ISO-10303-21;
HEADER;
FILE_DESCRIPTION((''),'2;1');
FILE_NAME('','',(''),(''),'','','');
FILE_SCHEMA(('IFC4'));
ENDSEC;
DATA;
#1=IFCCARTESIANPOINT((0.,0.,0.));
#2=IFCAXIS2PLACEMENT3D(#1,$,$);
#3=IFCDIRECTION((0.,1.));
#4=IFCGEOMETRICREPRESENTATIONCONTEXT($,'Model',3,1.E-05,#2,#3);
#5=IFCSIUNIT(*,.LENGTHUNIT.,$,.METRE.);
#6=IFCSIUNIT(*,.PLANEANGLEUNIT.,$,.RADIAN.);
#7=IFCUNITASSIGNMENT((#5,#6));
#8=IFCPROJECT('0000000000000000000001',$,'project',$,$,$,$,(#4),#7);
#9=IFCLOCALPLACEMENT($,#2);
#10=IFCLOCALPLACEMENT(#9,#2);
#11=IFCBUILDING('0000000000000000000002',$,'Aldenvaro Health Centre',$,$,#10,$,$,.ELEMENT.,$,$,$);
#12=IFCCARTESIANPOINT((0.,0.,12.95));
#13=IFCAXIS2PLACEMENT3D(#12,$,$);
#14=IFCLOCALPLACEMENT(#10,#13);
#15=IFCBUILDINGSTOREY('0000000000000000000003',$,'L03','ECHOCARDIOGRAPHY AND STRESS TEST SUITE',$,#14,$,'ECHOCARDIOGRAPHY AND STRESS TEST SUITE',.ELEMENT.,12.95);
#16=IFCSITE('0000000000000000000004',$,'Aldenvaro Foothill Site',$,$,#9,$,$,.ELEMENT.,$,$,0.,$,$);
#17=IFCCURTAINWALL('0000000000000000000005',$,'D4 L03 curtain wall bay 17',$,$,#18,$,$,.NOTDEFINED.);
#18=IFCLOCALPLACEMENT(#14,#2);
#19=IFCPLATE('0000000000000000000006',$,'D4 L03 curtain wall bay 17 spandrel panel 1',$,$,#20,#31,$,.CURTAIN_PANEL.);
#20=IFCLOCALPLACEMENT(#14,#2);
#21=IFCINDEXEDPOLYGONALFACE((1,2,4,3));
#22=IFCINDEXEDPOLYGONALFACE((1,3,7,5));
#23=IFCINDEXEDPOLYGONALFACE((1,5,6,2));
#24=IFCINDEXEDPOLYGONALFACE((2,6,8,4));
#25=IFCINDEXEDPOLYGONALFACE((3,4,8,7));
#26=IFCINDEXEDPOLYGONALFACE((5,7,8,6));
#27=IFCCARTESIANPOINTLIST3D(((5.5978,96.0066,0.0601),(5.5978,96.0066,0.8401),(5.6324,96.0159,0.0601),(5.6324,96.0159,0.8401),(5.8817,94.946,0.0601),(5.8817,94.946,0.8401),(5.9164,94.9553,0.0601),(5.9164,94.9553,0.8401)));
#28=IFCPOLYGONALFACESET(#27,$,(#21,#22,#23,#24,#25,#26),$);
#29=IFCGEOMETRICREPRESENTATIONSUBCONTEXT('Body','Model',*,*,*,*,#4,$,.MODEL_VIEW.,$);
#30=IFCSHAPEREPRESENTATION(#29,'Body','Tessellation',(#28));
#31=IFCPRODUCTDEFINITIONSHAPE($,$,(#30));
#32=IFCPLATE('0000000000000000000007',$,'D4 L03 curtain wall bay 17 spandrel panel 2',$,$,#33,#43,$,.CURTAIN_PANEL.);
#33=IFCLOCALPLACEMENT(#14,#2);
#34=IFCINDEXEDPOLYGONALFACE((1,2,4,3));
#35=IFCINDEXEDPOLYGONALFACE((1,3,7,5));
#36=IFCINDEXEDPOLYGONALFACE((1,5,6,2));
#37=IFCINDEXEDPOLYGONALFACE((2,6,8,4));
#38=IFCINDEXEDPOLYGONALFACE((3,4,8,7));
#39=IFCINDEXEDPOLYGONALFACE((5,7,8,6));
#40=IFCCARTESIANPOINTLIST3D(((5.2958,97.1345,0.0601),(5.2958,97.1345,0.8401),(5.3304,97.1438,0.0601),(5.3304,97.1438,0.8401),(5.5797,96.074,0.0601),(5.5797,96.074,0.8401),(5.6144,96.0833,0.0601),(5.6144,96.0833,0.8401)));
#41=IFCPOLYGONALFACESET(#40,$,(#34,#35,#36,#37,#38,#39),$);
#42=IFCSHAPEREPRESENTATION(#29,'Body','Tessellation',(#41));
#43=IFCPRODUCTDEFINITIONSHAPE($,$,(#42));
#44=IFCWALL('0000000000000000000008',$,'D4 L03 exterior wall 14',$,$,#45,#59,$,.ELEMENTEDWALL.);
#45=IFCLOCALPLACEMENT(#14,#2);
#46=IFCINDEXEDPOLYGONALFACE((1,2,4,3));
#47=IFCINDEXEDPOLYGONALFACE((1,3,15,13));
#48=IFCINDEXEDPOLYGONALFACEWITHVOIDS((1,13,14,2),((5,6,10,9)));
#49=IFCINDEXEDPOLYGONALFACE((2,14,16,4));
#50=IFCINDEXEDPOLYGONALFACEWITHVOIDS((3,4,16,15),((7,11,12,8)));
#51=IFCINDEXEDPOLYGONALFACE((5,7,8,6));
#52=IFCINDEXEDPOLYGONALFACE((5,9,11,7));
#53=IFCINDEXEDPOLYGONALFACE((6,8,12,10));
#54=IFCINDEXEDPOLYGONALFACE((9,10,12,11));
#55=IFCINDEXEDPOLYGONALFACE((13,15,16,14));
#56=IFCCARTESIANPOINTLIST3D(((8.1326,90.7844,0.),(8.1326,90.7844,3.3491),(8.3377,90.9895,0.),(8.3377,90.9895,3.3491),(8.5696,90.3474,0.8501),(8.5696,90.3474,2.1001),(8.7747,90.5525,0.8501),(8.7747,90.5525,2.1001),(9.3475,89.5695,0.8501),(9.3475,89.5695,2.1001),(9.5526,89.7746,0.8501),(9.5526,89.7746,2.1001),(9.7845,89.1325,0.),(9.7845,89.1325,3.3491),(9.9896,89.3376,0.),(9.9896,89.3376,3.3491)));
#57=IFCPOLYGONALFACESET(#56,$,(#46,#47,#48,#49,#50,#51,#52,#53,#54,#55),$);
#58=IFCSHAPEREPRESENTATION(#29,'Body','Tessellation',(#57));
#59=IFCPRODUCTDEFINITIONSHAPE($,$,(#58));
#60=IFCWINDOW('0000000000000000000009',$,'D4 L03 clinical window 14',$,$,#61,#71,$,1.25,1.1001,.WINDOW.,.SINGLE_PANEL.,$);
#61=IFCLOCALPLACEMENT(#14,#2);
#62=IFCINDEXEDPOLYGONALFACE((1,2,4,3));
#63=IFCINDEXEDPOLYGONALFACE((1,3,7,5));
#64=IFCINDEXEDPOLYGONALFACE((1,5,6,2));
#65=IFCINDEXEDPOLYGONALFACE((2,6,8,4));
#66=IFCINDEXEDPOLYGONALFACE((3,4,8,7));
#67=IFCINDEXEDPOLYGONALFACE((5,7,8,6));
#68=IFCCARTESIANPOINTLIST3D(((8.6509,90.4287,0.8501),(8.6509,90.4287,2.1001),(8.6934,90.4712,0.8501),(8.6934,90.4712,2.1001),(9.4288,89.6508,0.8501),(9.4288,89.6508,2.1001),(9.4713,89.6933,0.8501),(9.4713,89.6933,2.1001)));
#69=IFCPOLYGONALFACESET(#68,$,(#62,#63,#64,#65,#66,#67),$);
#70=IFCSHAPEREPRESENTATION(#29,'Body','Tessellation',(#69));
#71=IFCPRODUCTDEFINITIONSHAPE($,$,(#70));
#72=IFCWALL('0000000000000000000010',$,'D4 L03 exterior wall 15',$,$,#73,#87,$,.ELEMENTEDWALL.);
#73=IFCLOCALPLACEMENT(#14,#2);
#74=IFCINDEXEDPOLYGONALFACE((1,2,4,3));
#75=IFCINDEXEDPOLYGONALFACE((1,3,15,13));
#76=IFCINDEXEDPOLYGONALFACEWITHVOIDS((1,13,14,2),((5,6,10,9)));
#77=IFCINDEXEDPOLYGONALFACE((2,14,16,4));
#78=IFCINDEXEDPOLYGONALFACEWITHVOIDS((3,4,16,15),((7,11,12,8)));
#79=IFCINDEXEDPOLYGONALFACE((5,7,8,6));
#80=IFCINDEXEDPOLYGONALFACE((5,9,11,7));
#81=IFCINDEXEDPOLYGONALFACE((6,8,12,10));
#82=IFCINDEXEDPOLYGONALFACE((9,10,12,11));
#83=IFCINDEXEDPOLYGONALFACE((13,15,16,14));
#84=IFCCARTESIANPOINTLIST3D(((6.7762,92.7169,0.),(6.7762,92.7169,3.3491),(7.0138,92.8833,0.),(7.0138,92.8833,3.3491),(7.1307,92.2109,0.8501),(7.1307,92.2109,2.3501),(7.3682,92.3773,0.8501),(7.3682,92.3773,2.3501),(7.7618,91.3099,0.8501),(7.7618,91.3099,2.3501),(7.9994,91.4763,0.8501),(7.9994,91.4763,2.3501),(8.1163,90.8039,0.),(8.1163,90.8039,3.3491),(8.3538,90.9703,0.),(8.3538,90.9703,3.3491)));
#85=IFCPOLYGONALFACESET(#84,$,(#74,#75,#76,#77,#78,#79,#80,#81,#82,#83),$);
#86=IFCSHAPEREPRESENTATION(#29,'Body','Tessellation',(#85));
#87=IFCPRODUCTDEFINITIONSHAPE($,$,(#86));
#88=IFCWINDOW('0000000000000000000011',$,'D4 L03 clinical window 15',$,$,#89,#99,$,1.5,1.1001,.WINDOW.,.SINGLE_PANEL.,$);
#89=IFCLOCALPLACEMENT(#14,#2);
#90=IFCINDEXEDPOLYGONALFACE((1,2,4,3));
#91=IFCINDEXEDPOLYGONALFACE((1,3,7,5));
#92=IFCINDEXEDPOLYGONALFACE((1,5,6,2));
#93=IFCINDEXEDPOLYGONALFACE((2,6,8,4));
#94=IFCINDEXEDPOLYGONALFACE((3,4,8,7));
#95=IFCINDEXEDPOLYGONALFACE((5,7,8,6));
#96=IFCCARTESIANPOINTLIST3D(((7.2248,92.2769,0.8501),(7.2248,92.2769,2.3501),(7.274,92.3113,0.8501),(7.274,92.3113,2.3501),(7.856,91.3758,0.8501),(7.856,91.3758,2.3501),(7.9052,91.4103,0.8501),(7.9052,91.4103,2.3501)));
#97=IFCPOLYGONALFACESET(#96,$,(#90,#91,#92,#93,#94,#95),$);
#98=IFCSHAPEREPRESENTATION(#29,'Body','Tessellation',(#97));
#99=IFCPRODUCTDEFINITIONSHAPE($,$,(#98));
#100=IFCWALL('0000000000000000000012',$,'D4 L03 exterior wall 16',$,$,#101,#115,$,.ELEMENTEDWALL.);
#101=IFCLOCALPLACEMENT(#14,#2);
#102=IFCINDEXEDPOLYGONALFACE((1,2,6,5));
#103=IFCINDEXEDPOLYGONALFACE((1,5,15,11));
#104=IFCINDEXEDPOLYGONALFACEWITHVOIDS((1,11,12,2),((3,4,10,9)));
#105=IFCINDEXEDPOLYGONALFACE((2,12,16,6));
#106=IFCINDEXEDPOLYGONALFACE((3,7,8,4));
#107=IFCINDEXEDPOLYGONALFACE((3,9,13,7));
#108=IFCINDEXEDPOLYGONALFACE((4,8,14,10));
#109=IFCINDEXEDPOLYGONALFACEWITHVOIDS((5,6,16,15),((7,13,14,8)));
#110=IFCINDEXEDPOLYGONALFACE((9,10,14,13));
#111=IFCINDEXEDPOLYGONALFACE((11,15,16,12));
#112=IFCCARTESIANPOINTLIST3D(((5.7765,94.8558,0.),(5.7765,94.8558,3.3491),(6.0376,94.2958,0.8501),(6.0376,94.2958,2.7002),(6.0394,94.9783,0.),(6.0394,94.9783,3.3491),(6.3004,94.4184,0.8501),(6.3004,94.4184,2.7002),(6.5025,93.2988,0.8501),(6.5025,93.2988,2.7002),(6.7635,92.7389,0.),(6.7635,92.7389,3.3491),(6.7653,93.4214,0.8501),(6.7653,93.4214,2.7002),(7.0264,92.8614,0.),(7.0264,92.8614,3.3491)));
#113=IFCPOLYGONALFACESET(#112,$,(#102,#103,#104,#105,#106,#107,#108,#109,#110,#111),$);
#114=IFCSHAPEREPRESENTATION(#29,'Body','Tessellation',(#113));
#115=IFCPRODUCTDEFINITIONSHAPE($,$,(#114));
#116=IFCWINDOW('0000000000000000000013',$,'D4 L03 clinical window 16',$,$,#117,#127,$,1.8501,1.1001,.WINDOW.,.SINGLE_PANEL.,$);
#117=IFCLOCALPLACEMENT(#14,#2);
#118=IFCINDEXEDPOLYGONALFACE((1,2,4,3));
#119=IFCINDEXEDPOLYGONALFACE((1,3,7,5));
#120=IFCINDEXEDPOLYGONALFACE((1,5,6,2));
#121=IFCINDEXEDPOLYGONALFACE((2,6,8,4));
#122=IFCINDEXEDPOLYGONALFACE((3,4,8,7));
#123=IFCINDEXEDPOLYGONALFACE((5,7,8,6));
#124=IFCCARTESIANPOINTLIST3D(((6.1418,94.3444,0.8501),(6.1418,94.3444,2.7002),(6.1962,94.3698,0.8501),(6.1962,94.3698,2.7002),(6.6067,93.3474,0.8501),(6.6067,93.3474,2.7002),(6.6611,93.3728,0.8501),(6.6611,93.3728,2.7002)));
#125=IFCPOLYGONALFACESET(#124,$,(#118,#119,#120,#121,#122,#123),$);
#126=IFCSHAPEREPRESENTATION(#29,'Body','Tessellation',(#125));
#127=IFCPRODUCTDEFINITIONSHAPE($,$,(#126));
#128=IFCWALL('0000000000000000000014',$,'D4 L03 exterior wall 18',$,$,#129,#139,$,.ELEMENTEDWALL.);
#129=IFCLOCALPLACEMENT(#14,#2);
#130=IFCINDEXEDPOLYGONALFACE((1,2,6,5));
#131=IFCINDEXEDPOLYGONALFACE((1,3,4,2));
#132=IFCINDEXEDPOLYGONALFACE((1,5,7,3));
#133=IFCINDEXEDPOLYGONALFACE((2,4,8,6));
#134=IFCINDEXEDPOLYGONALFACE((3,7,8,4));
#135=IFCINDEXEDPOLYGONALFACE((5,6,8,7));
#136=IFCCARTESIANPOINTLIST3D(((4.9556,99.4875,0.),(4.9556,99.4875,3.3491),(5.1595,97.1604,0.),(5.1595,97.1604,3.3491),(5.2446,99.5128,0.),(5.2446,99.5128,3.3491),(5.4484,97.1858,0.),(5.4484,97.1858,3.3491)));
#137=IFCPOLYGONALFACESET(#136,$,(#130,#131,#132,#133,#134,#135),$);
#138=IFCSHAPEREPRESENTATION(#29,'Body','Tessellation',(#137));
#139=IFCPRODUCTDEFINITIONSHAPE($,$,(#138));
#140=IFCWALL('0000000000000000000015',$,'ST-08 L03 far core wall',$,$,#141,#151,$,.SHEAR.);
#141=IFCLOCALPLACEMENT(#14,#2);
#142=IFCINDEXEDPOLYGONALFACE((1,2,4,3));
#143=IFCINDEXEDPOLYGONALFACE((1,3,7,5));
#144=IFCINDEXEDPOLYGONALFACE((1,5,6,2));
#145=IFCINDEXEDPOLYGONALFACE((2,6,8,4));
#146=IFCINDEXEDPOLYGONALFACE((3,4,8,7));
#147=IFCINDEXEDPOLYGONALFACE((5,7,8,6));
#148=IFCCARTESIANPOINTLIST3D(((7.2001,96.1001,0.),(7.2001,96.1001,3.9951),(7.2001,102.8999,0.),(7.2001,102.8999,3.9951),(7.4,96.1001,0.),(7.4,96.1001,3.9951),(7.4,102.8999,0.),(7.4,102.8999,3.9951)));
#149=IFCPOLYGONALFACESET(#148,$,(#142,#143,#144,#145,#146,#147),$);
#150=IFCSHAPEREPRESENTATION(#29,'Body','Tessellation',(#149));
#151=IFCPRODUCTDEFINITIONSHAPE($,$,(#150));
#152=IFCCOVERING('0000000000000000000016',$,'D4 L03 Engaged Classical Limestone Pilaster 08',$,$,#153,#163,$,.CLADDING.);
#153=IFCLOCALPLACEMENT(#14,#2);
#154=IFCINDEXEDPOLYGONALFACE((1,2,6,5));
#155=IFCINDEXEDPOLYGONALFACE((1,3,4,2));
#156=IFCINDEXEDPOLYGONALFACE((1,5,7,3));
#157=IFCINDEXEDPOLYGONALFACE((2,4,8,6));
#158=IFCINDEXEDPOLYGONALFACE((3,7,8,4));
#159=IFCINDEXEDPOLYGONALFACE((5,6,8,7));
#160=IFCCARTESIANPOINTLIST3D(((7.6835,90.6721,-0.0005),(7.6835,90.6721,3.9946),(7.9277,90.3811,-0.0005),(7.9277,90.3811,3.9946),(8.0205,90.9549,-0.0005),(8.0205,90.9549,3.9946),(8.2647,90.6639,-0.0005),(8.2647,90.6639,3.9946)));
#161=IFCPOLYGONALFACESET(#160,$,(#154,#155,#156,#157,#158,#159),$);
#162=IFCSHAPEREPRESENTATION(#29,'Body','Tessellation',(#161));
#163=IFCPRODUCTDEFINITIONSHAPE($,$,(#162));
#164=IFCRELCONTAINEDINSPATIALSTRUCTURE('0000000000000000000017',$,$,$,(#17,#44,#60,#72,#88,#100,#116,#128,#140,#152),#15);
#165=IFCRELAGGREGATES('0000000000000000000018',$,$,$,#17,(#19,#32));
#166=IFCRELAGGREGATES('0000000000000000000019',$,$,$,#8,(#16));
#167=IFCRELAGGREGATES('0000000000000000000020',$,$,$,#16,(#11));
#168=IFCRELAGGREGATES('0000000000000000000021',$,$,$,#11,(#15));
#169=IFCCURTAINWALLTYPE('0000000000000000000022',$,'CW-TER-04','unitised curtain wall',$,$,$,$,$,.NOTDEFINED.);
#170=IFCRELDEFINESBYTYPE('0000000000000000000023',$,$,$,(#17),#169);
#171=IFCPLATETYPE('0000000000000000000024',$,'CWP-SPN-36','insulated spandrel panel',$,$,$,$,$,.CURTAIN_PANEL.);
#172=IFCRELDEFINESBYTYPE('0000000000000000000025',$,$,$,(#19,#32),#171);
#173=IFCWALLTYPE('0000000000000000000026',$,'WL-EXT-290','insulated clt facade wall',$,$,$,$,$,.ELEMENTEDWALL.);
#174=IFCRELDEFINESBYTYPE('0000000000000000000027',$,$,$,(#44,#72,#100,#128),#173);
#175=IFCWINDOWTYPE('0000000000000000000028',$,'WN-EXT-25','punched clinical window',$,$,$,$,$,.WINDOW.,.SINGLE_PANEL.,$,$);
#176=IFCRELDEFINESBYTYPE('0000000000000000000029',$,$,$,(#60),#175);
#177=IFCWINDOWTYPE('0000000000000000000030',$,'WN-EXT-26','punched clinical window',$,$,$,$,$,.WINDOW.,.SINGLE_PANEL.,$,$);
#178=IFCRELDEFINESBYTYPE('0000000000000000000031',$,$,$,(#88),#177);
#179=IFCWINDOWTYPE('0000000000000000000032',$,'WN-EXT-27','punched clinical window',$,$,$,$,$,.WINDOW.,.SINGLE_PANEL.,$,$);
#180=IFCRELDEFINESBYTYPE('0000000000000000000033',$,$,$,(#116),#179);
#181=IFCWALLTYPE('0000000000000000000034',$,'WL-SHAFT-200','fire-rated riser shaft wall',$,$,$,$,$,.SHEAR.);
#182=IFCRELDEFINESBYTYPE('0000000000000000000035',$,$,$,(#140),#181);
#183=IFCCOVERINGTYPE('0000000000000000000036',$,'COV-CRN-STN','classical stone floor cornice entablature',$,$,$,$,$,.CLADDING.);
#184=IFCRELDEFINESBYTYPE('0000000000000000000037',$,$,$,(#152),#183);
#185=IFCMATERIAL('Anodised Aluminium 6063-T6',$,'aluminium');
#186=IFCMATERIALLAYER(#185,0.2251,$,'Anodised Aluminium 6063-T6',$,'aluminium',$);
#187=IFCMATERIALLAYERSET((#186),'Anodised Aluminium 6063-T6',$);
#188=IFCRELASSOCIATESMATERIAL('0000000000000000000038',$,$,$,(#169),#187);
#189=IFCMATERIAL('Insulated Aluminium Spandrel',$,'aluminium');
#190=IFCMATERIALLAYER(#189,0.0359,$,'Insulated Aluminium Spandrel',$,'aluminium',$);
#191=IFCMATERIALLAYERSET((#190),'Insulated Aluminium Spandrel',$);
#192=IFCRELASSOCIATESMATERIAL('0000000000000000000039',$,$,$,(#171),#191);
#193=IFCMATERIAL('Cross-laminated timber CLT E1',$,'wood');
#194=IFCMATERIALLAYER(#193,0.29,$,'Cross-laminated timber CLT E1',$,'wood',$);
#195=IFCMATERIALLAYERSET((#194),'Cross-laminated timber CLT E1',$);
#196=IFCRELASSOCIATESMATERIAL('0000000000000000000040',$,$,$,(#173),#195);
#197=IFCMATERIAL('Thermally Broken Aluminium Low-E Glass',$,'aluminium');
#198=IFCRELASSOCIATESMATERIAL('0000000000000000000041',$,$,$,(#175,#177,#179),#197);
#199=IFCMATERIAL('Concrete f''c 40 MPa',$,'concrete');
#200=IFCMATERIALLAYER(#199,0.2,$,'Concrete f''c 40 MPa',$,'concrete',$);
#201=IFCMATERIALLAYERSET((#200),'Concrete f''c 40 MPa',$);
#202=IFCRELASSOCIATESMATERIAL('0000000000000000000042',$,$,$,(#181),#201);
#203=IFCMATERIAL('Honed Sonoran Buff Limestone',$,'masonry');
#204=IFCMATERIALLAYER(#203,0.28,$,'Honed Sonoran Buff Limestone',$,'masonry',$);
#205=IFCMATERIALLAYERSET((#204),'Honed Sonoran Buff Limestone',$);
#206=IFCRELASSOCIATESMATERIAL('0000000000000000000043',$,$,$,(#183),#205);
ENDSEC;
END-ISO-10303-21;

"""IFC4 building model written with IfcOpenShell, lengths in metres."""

from ifc_helpers import new_model, si_unit, direction, frame, frame_2d, origin, origin_2d, place, context, subcontext, project, spatial, rectangle, extrude, material, layer, layer_set, type_object, element, fill, aggregate, save


model = new_model("IFC4")

# Units and contexts
model_context = context("Model", 3, precision=1e-05, world=origin(), true_north=direction((0.0, 1.0)))
body_context = subcontext(model_context, "Body", "Model", "MODEL_VIEW")
ifc_project = project(units=[si_unit("LENGTHUNIT", "METRE"), si_unit("PLANEANGLEUNIT", "RADIAN")], contexts=[model_context])

# Site, building, storey
site_placement = place(None, origin())
site = spatial("IfcSite", under=ifc_project, at=site_placement, Name="Aldenvaro Foothill Site", CompositionType="ELEMENT", RefElevation=0.0)
building_placement = place(site_placement, origin())
building = spatial("IfcBuilding", under=site, at=building_placement, Name="Aldenvaro Health Centre", CompositionType="ELEMENT")
storey_placement = place(building_placement, frame((0.0, 0.0, 12.95)))
storey = spatial("IfcBuildingStorey", under=building, at=storey_placement, Name="L03", Description="ECHOCARDIOGRAPHY AND STRESS TEST SUITE", LongName="ECHOCARDIOGRAPHY AND STRESS TEST SUITE", CompositionType="ELEMENT", Elevation=12.95)

# Curtain wall
ifc_material_1 = material(Name="Anodised Aluminium 6063-T6", Category="aluminium")
ifc_layer_1 = layer(ifc_material_1, 0.2251, Name="Anodised Aluminium 6063-T6", Category="aluminium")
ifc_layer_set_1 = layer_set([ifc_layer_1], Name="Anodised Aluminium 6063-T6")
curtain_wall_type = type_object("IfcCurtainWallType", Name="CW-TER-04", Description="unitised curtain wall", PredefinedType="NOTDEFINED", material=ifc_layer_set_1)
curtain_wall_placement = place(storey_placement, origin())
curtain_wall = element("IfcCurtainWall", 1, at=curtain_wall_placement, inside=storey, type_object=curtain_wall_type, Name="D4 L03 curtain wall bay 17", PredefinedType="NOTDEFINED")

# Plates
ifc_material_2 = material(Name="Insulated Aluminium Spandrel", Category="aluminium")
ifc_layer_2 = layer(ifc_material_2, 0.0359, Name="Insulated Aluminium Spandrel", Category="aluminium")
ifc_layer_set_2 = layer_set([ifc_layer_2], Name="Insulated Aluminium Spandrel")
plate_type_1 = type_object("IfcPlateType", Name="CWP-SPN-36", Description="insulated spandrel panel", PredefinedType="CURTAIN_PANEL", material=ifc_layer_set_2)
plate_1_placement = place(storey_placement, frame((5.7571, 95.481, 0.0601), z_axis=(0.0, 0.0, 1.0), x_axis=(-0.258622, 0.965979, 0.0)))
plate_1 = element("IfcPlate", 2, at=plate_1_placement, type_object=plate_type_1, Name="D4 L03 curtain wall bay 17 spandrel panel 1", PredefinedType="CURTAIN_PANEL", context=body_context, shape_type="SweptSolid", body=[
    extrude(rectangle(XDim=1.0979, YDim=0.0359, at=origin_2d()), origin(), (0.0, 0.0, 1.0), 0.78),
])
plate_2_placement = place(storey_placement, frame((5.4551, 96.6089, 0.0601), z_axis=(0.0, 0.0, 1.0), x_axis=(-0.258622, 0.965979, 0.0)))
plate_2 = element("IfcPlate", 3, at=plate_2_placement, type_object=plate_type_1, Name="D4 L03 curtain wall bay 17 spandrel panel 2", PredefinedType="CURTAIN_PANEL", context=body_context, shape_type="SweptSolid", body=[
    extrude(rectangle(XDim=1.0979, YDim=0.0359, at=origin_2d()), origin(), (0.0, 0.0, 1.0), 0.78),
])
aggregate(curtain_wall, [plate_1, plate_2])

# Walls, openings, windows
ifc_material_3 = material(Name="Cross-laminated timber CLT E1", Category="wood")
ifc_layer_3 = layer(ifc_material_3, 0.29, Name="Cross-laminated timber CLT E1", Category="wood")
ifc_layer_set_3 = layer_set([ifc_layer_3], Name="Cross-laminated timber CLT E1")
wall_type_1 = type_object("IfcWallType", Name="WL-EXT-290", Description="insulated clt facade wall", PredefinedType="ELEMENTEDWALL", material=ifc_layer_set_3)
wall_1_placement = place(storey_placement, frame((9.887, 89.2351, 0.0), z_axis=(0.0, 0.0, 1.0), x_axis=(-0.707107, 0.707107, 0.0)))
wall_1 = element("IfcWall", 4, at=wall_1_placement, inside=storey, type_object=wall_type_1, Name="D4 L03 exterior wall 14", PredefinedType="ELEMENTEDWALL", context=body_context, shape_type="SweptSolid", body=[
    extrude(rectangle(XDim=2.3362, YDim=0.29, at=frame_2d((1.168, 0.0))), origin(), (0.0, 0.0, 1.0), 3.3491),
])
opening_1_placement = place(wall_1_placement, frame((0.6179, 0.0, 0.8501)))
opening_1 = element("IfcOpeningElement", 5, at=opening_1_placement, cuts=wall_1, PredefinedType="OPENING", context=body_context, shape_type="SweptSolid", body=[
    extrude(rectangle(XDim=1.1001, YDim=1.25, at=frame_2d((0.55, 0.625))), frame((0.0, 0.155, 0.0), z_axis=(0.0, -1.0, 0.0), x_axis=(1.0, 0.0, 0.0)), (0.0, 0.0, 1.0), 0.3101),
])
ifc_material_4 = material(Name="Thermally Broken Aluminium Low-E Glass", Category="aluminium")
window_type_1 = type_object("IfcWindowType", Name="WN-EXT-25", Description="punched clinical window", PartitioningType="SINGLE_PANEL", PredefinedType="WINDOW", material=ifc_material_4)
window_1_placement = place(opening_1_placement, origin())
window_1 = element("IfcWindow", 6, at=window_1_placement, inside=storey, type_object=window_type_1, Name="D4 L03 clinical window 14", OverallHeight=1.25, OverallWidth=1.1001, PartitioningType="SINGLE_PANEL", PredefinedType="WINDOW", context=body_context, shape_type="SweptSolid", body=[
    extrude(rectangle(XDim=1.1001, YDim=1.25, at=frame_2d((0.55, 0.625))), frame((0.0, 0.03, 0.0), z_axis=(0.0, -1.0, 0.0), x_axis=(1.0, 0.0, 0.0)), (0.0, 0.0, 1.0), 0.0601),
])
fill(opening_1, window_1)
wall_2_placement = place(storey_placement, frame((8.2351, 90.887, 0.0), z_axis=(0.0, 0.0, 1.0), x_axis=(-0.573729, 0.819045, 0.0)))
wall_2 = element("IfcWall", 7, at=wall_2_placement, inside=storey, type_object=wall_type_1, Name="D4 L03 exterior wall 15", PredefinedType="ELEMENTEDWALL", context=body_context, shape_type="SweptSolid", body=[
    extrude(rectangle(XDim=2.3357, YDim=0.29, at=frame_2d((1.168, 0.0))), origin(), (0.0, 0.0, 1.0), 3.3491),
])
opening_2_placement = place(wall_2_placement, frame((0.6179, 0.0, 0.8501)))
opening_2 = element("IfcOpeningElement", 8, at=opening_2_placement, cuts=wall_2, PredefinedType="OPENING", context=body_context, shape_type="SweptSolid", body=[
    extrude(rectangle(XDim=1.1001, YDim=1.5, at=frame_2d((0.55, 0.75))), frame((0.0, 0.155, 0.0), z_axis=(0.0, -1.0, 0.0), x_axis=(1.0, 0.0, 0.0)), (0.0, 0.0, 1.0), 0.3101),
])
window_type_2 = type_object("IfcWindowType", Name="WN-EXT-26", Description="punched clinical window", PartitioningType="SINGLE_PANEL", PredefinedType="WINDOW", material=ifc_material_4)
window_2_placement = place(opening_2_placement, origin())
window_2 = element("IfcWindow", 9, at=window_2_placement, inside=storey, type_object=window_type_2, Name="D4 L03 clinical window 15", OverallHeight=1.5, OverallWidth=1.1001, PartitioningType="SINGLE_PANEL", PredefinedType="WINDOW", context=body_context, shape_type="SweptSolid", body=[
    extrude(rectangle(XDim=1.1001, YDim=1.5, at=frame_2d((0.55, 0.75))), frame((0.0, 0.03, 0.0), z_axis=(0.0, -1.0, 0.0), x_axis=(1.0, 0.0, 0.0)), (0.0, 0.0, 1.0), 0.0601),
])
fill(opening_2, window_2)
wall_3_placement = place(storey_placement, frame((6.895, 92.8, 0.0), z_axis=(0.0, 0.0, 1.0), x_axis=(-0.422588, 0.906322, 0.0)))
wall_3 = element("IfcWall", 10, at=wall_3_placement, inside=storey, type_object=wall_type_1, Name="D4 L03 exterior wall 16", PredefinedType="ELEMENTEDWALL", context=body_context, shape_type="SweptSolid", body=[
    extrude(rectangle(XDim=2.3357, YDim=0.29, at=frame_2d((1.168, 0.0))), origin(), (0.0, 0.0, 1.0), 3.3491),
])
opening_3_placement = place(wall_3_placement, frame((0.6179, 0.0, 0.8501)))
opening_3 = element("IfcOpeningElement", 11, at=opening_3_placement, cuts=wall_3, PredefinedType="OPENING", context=body_context, shape_type="SweptSolid", body=[
    extrude(rectangle(XDim=1.1001, YDim=1.8501, at=frame_2d((0.55, 0.925))), frame((0.0, 0.155, 0.0), z_axis=(0.0, -1.0, 0.0), x_axis=(1.0, 0.0, 0.0)), (0.0, 0.0, 1.0), 0.3101),
])
window_type_3 = type_object("IfcWindowType", Name="WN-EXT-27", Description="punched clinical window", PartitioningType="SINGLE_PANEL", PredefinedType="WINDOW", material=ifc_material_4)
window_3_placement = place(opening_3_placement, origin())
window_3 = element("IfcWindow", 12, at=window_3_placement, inside=storey, type_object=window_type_3, Name="D4 L03 clinical window 16", OverallHeight=1.8501, OverallWidth=1.1001, PartitioningType="SINGLE_PANEL", PredefinedType="WINDOW", context=body_context, shape_type="SweptSolid", body=[
    extrude(rectangle(XDim=1.1001, YDim=1.8501, at=frame_2d((0.55, 0.925))), frame((0.0, 0.03, 0.0), z_axis=(0.0, -1.0, 0.0), x_axis=(1.0, 0.0, 0.0)), (0.0, 0.0, 1.0), 0.0601),
])
fill(opening_3, window_3)

# Walls
wall_4_placement = place(storey_placement, frame((5.304, 97.1731, 0.0), z_axis=(0.0, 0.0, 1.0), x_axis=(-0.087275, 0.996184, 0.0)))
element("IfcWall", 13, at=wall_4_placement, inside=storey, type_object=wall_type_1, Name="D4 L03 exterior wall 18", PredefinedType="ELEMENTEDWALL", context=body_context, shape_type="SweptSolid", body=[
    extrude(rectangle(XDim=2.3359, YDim=0.29, at=frame_2d((1.168, 0.0))), origin(), (0.0, 0.0, 1.0), 3.3491),
])
ifc_material_5 = material(Name="Concrete f'c 40 MPa", Category="concrete")
ifc_layer_4 = layer(ifc_material_5, 0.2, Name="Concrete f'c 40 MPa", Category="concrete")
ifc_layer_set_4 = layer_set([ifc_layer_4], Name="Concrete f'c 40 MPa")
wall_type_2 = type_object("IfcWallType", Name="WL-SHAFT-200", Description="fire-rated riser shaft wall", PredefinedType="SHEAR", material=ifc_layer_set_4)
wall_5_placement = place(storey_placement, frame((7.3, 96.1001, 0.0), z_axis=(0.0, 0.0, 1.0), x_axis=(0.0, 1.0, 0.0)))
element("IfcWall", 14, at=wall_5_placement, inside=storey, type_object=wall_type_2, Name="ST-08 L03 far core wall", PredefinedType="SHEAR", context=body_context, shape_type="SweptSolid", body=[
    extrude(rectangle(XDim=6.7998, YDim=0.2, at=frame_2d((3.3999, 0.0))), origin(), (0.0, 0.0, 1.0), 3.9951),
])

# Covering
ifc_material_6 = material(Name="Honed Sonoran Buff Limestone", Category="masonry")
ifc_layer_5 = layer(ifc_material_6, 0.28, Name="Honed Sonoran Buff Limestone", Category="masonry")
ifc_layer_set_5 = layer_set([ifc_layer_5], Name="Honed Sonoran Buff Limestone")
covering_type = type_object("IfcCoveringType", Name="COV-CRN-STN", Description="classical stone floor cornice entablature", PredefinedType="CLADDING", material=ifc_layer_set_5)
covering_placement = place(storey_placement, frame((7.9741, 90.668, -0.0005), z_axis=(0.0, 0.0, 1.0), x_axis=(-0.766058, -0.642772, 0.0)))
element("IfcCovering", 15, at=covering_placement, inside=storey, type_object=covering_type, Name="D4 L03 Engaged Classical Limestone Pilaster 08", PredefinedType="CLADDING", context=body_context, shape_type="SweptSolid", body=[
    extrude(rectangle(XDim=0.4399, YDim=0.3799, at=origin_2d()), origin(), (0.0, 0.0, 1.0), 3.9951),
])

save(model, "model.ifc")
